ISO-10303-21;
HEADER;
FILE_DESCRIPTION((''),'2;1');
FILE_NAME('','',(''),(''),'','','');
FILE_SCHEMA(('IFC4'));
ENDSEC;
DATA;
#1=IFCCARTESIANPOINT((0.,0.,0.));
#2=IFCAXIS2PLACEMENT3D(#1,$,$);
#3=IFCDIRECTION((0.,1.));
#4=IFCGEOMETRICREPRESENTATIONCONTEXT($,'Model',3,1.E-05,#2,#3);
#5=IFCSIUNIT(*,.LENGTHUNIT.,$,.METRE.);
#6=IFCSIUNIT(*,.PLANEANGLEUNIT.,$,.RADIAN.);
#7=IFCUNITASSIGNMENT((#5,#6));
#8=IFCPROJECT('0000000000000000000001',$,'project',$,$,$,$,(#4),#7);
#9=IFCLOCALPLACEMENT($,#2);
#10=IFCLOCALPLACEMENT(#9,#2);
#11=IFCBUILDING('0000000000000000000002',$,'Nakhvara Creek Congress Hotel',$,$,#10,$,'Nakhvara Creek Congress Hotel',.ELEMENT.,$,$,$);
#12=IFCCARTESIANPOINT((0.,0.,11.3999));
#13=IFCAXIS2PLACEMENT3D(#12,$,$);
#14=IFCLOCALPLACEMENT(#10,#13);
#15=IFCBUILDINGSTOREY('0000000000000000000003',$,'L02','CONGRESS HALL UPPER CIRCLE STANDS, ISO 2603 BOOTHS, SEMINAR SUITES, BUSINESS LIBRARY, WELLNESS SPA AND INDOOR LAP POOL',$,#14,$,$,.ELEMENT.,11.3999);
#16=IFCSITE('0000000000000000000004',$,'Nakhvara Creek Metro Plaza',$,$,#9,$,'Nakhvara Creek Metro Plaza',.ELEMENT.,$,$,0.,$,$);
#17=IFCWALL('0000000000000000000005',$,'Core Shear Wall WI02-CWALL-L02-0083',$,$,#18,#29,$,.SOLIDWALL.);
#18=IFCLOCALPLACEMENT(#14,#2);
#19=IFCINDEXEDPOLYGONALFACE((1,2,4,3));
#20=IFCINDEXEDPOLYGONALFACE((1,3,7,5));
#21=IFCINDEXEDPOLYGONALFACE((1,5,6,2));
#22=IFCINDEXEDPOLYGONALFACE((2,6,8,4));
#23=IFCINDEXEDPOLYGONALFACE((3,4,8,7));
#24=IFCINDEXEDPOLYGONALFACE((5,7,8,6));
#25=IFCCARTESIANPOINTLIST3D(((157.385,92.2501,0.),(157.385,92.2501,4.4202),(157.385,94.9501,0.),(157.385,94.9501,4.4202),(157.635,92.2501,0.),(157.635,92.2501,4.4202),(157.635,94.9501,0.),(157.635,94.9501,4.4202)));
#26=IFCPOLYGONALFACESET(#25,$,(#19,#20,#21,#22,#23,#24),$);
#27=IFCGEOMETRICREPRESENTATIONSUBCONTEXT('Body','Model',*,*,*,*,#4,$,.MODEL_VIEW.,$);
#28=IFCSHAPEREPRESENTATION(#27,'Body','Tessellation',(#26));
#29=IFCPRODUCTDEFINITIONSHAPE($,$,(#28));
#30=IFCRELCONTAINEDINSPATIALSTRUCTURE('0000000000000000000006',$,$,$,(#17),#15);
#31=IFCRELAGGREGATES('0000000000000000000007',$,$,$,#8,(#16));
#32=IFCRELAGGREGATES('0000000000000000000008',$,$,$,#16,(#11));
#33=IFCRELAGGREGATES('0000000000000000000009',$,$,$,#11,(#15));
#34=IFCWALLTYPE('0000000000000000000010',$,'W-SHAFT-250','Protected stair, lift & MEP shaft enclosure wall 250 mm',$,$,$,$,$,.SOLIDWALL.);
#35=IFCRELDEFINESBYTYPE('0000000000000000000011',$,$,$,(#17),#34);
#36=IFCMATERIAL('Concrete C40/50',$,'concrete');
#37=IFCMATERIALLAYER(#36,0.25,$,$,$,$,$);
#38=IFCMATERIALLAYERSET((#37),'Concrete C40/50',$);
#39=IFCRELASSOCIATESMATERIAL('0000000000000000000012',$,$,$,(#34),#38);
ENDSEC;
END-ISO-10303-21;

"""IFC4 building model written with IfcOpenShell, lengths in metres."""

from ifc_helpers import new_model, si_unit, direction, frame, frame_2d, origin, place, context, subcontext, project, spatial, rectangle, extrude, material, layer, layer_set, type_object, element, save


model = new_model("IFC4")

# Units and contexts
model_context = context("Model", 3, precision=1e-05, world=origin(), true_north=direction((0.0, 1.0)))
body_context = subcontext(model_context, "Body", "Model", "MODEL_VIEW")
ifc_project = project(units=[si_unit("LENGTHUNIT", "METRE"), si_unit("PLANEANGLEUNIT", "RADIAN")], contexts=[model_context])

# Site, building, storey
site_placement = place(None, origin())
site = spatial("IfcSite", under=ifc_project, at=site_placement, Name="Nakhvara Creek Metro Plaza", LongName="Nakhvara Creek Metro Plaza", CompositionType="ELEMENT", RefElevation=0.0)
building_placement = place(site_placement, origin())
building = spatial("IfcBuilding", under=site, at=building_placement, Name="Nakhvara Creek Congress Hotel", LongName="Nakhvara Creek Congress Hotel", CompositionType="ELEMENT")
storey_placement = place(building_placement, frame((0.0, 0.0, 11.3999)))
storey = spatial("IfcBuildingStorey", under=building, at=storey_placement, Name="L02", Description="CONGRESS HALL UPPER CIRCLE STANDS, ISO 2603 BOOTHS, SEMINAR SUITES, BUSINESS LIBRARY, WELLNESS SPA AND INDOOR LAP POOL", CompositionType="ELEMENT", Elevation=11.3999)

# Shared definitions
ifc_material_1 = material(Name="Concrete C40/50", Category="concrete")

# Shared definitions
ifc_layer_1 = layer(ifc_material_1, 0.25)
ifc_layer_set_1 = layer_set([ifc_layer_1], Name="Concrete C40/50")
wall_type_1 = type_object("IfcWallType", Name="W-SHAFT-250", Description="Protected stair, lift & MEP shaft enclosure wall 250 mm", PredefinedType="SOLIDWALL", material=ifc_layer_set_1)

# Wall
wall_1_placement = place(storey_placement, frame((157.51, 92.25, 0.0), z_axis=(0.0, 0.0, 1.0), x_axis=(0.0, 1.0, 0.0)))
element("IfcWall", 1, at=wall_1_placement, inside=storey, type_object=wall_type_1, Name="Core Shear Wall WI02-CWALL-L02-0083", PredefinedType="SOLIDWALL", context=body_context, shape_type="SweptSolid", body=[
    extrude(rectangle(XDim=2.7, YDim=0.25, at=frame_2d((1.3501, 0.0))), origin(), (0.0, 0.0, 1.0), 4.4202),
])

save(model, "model.ifc")
